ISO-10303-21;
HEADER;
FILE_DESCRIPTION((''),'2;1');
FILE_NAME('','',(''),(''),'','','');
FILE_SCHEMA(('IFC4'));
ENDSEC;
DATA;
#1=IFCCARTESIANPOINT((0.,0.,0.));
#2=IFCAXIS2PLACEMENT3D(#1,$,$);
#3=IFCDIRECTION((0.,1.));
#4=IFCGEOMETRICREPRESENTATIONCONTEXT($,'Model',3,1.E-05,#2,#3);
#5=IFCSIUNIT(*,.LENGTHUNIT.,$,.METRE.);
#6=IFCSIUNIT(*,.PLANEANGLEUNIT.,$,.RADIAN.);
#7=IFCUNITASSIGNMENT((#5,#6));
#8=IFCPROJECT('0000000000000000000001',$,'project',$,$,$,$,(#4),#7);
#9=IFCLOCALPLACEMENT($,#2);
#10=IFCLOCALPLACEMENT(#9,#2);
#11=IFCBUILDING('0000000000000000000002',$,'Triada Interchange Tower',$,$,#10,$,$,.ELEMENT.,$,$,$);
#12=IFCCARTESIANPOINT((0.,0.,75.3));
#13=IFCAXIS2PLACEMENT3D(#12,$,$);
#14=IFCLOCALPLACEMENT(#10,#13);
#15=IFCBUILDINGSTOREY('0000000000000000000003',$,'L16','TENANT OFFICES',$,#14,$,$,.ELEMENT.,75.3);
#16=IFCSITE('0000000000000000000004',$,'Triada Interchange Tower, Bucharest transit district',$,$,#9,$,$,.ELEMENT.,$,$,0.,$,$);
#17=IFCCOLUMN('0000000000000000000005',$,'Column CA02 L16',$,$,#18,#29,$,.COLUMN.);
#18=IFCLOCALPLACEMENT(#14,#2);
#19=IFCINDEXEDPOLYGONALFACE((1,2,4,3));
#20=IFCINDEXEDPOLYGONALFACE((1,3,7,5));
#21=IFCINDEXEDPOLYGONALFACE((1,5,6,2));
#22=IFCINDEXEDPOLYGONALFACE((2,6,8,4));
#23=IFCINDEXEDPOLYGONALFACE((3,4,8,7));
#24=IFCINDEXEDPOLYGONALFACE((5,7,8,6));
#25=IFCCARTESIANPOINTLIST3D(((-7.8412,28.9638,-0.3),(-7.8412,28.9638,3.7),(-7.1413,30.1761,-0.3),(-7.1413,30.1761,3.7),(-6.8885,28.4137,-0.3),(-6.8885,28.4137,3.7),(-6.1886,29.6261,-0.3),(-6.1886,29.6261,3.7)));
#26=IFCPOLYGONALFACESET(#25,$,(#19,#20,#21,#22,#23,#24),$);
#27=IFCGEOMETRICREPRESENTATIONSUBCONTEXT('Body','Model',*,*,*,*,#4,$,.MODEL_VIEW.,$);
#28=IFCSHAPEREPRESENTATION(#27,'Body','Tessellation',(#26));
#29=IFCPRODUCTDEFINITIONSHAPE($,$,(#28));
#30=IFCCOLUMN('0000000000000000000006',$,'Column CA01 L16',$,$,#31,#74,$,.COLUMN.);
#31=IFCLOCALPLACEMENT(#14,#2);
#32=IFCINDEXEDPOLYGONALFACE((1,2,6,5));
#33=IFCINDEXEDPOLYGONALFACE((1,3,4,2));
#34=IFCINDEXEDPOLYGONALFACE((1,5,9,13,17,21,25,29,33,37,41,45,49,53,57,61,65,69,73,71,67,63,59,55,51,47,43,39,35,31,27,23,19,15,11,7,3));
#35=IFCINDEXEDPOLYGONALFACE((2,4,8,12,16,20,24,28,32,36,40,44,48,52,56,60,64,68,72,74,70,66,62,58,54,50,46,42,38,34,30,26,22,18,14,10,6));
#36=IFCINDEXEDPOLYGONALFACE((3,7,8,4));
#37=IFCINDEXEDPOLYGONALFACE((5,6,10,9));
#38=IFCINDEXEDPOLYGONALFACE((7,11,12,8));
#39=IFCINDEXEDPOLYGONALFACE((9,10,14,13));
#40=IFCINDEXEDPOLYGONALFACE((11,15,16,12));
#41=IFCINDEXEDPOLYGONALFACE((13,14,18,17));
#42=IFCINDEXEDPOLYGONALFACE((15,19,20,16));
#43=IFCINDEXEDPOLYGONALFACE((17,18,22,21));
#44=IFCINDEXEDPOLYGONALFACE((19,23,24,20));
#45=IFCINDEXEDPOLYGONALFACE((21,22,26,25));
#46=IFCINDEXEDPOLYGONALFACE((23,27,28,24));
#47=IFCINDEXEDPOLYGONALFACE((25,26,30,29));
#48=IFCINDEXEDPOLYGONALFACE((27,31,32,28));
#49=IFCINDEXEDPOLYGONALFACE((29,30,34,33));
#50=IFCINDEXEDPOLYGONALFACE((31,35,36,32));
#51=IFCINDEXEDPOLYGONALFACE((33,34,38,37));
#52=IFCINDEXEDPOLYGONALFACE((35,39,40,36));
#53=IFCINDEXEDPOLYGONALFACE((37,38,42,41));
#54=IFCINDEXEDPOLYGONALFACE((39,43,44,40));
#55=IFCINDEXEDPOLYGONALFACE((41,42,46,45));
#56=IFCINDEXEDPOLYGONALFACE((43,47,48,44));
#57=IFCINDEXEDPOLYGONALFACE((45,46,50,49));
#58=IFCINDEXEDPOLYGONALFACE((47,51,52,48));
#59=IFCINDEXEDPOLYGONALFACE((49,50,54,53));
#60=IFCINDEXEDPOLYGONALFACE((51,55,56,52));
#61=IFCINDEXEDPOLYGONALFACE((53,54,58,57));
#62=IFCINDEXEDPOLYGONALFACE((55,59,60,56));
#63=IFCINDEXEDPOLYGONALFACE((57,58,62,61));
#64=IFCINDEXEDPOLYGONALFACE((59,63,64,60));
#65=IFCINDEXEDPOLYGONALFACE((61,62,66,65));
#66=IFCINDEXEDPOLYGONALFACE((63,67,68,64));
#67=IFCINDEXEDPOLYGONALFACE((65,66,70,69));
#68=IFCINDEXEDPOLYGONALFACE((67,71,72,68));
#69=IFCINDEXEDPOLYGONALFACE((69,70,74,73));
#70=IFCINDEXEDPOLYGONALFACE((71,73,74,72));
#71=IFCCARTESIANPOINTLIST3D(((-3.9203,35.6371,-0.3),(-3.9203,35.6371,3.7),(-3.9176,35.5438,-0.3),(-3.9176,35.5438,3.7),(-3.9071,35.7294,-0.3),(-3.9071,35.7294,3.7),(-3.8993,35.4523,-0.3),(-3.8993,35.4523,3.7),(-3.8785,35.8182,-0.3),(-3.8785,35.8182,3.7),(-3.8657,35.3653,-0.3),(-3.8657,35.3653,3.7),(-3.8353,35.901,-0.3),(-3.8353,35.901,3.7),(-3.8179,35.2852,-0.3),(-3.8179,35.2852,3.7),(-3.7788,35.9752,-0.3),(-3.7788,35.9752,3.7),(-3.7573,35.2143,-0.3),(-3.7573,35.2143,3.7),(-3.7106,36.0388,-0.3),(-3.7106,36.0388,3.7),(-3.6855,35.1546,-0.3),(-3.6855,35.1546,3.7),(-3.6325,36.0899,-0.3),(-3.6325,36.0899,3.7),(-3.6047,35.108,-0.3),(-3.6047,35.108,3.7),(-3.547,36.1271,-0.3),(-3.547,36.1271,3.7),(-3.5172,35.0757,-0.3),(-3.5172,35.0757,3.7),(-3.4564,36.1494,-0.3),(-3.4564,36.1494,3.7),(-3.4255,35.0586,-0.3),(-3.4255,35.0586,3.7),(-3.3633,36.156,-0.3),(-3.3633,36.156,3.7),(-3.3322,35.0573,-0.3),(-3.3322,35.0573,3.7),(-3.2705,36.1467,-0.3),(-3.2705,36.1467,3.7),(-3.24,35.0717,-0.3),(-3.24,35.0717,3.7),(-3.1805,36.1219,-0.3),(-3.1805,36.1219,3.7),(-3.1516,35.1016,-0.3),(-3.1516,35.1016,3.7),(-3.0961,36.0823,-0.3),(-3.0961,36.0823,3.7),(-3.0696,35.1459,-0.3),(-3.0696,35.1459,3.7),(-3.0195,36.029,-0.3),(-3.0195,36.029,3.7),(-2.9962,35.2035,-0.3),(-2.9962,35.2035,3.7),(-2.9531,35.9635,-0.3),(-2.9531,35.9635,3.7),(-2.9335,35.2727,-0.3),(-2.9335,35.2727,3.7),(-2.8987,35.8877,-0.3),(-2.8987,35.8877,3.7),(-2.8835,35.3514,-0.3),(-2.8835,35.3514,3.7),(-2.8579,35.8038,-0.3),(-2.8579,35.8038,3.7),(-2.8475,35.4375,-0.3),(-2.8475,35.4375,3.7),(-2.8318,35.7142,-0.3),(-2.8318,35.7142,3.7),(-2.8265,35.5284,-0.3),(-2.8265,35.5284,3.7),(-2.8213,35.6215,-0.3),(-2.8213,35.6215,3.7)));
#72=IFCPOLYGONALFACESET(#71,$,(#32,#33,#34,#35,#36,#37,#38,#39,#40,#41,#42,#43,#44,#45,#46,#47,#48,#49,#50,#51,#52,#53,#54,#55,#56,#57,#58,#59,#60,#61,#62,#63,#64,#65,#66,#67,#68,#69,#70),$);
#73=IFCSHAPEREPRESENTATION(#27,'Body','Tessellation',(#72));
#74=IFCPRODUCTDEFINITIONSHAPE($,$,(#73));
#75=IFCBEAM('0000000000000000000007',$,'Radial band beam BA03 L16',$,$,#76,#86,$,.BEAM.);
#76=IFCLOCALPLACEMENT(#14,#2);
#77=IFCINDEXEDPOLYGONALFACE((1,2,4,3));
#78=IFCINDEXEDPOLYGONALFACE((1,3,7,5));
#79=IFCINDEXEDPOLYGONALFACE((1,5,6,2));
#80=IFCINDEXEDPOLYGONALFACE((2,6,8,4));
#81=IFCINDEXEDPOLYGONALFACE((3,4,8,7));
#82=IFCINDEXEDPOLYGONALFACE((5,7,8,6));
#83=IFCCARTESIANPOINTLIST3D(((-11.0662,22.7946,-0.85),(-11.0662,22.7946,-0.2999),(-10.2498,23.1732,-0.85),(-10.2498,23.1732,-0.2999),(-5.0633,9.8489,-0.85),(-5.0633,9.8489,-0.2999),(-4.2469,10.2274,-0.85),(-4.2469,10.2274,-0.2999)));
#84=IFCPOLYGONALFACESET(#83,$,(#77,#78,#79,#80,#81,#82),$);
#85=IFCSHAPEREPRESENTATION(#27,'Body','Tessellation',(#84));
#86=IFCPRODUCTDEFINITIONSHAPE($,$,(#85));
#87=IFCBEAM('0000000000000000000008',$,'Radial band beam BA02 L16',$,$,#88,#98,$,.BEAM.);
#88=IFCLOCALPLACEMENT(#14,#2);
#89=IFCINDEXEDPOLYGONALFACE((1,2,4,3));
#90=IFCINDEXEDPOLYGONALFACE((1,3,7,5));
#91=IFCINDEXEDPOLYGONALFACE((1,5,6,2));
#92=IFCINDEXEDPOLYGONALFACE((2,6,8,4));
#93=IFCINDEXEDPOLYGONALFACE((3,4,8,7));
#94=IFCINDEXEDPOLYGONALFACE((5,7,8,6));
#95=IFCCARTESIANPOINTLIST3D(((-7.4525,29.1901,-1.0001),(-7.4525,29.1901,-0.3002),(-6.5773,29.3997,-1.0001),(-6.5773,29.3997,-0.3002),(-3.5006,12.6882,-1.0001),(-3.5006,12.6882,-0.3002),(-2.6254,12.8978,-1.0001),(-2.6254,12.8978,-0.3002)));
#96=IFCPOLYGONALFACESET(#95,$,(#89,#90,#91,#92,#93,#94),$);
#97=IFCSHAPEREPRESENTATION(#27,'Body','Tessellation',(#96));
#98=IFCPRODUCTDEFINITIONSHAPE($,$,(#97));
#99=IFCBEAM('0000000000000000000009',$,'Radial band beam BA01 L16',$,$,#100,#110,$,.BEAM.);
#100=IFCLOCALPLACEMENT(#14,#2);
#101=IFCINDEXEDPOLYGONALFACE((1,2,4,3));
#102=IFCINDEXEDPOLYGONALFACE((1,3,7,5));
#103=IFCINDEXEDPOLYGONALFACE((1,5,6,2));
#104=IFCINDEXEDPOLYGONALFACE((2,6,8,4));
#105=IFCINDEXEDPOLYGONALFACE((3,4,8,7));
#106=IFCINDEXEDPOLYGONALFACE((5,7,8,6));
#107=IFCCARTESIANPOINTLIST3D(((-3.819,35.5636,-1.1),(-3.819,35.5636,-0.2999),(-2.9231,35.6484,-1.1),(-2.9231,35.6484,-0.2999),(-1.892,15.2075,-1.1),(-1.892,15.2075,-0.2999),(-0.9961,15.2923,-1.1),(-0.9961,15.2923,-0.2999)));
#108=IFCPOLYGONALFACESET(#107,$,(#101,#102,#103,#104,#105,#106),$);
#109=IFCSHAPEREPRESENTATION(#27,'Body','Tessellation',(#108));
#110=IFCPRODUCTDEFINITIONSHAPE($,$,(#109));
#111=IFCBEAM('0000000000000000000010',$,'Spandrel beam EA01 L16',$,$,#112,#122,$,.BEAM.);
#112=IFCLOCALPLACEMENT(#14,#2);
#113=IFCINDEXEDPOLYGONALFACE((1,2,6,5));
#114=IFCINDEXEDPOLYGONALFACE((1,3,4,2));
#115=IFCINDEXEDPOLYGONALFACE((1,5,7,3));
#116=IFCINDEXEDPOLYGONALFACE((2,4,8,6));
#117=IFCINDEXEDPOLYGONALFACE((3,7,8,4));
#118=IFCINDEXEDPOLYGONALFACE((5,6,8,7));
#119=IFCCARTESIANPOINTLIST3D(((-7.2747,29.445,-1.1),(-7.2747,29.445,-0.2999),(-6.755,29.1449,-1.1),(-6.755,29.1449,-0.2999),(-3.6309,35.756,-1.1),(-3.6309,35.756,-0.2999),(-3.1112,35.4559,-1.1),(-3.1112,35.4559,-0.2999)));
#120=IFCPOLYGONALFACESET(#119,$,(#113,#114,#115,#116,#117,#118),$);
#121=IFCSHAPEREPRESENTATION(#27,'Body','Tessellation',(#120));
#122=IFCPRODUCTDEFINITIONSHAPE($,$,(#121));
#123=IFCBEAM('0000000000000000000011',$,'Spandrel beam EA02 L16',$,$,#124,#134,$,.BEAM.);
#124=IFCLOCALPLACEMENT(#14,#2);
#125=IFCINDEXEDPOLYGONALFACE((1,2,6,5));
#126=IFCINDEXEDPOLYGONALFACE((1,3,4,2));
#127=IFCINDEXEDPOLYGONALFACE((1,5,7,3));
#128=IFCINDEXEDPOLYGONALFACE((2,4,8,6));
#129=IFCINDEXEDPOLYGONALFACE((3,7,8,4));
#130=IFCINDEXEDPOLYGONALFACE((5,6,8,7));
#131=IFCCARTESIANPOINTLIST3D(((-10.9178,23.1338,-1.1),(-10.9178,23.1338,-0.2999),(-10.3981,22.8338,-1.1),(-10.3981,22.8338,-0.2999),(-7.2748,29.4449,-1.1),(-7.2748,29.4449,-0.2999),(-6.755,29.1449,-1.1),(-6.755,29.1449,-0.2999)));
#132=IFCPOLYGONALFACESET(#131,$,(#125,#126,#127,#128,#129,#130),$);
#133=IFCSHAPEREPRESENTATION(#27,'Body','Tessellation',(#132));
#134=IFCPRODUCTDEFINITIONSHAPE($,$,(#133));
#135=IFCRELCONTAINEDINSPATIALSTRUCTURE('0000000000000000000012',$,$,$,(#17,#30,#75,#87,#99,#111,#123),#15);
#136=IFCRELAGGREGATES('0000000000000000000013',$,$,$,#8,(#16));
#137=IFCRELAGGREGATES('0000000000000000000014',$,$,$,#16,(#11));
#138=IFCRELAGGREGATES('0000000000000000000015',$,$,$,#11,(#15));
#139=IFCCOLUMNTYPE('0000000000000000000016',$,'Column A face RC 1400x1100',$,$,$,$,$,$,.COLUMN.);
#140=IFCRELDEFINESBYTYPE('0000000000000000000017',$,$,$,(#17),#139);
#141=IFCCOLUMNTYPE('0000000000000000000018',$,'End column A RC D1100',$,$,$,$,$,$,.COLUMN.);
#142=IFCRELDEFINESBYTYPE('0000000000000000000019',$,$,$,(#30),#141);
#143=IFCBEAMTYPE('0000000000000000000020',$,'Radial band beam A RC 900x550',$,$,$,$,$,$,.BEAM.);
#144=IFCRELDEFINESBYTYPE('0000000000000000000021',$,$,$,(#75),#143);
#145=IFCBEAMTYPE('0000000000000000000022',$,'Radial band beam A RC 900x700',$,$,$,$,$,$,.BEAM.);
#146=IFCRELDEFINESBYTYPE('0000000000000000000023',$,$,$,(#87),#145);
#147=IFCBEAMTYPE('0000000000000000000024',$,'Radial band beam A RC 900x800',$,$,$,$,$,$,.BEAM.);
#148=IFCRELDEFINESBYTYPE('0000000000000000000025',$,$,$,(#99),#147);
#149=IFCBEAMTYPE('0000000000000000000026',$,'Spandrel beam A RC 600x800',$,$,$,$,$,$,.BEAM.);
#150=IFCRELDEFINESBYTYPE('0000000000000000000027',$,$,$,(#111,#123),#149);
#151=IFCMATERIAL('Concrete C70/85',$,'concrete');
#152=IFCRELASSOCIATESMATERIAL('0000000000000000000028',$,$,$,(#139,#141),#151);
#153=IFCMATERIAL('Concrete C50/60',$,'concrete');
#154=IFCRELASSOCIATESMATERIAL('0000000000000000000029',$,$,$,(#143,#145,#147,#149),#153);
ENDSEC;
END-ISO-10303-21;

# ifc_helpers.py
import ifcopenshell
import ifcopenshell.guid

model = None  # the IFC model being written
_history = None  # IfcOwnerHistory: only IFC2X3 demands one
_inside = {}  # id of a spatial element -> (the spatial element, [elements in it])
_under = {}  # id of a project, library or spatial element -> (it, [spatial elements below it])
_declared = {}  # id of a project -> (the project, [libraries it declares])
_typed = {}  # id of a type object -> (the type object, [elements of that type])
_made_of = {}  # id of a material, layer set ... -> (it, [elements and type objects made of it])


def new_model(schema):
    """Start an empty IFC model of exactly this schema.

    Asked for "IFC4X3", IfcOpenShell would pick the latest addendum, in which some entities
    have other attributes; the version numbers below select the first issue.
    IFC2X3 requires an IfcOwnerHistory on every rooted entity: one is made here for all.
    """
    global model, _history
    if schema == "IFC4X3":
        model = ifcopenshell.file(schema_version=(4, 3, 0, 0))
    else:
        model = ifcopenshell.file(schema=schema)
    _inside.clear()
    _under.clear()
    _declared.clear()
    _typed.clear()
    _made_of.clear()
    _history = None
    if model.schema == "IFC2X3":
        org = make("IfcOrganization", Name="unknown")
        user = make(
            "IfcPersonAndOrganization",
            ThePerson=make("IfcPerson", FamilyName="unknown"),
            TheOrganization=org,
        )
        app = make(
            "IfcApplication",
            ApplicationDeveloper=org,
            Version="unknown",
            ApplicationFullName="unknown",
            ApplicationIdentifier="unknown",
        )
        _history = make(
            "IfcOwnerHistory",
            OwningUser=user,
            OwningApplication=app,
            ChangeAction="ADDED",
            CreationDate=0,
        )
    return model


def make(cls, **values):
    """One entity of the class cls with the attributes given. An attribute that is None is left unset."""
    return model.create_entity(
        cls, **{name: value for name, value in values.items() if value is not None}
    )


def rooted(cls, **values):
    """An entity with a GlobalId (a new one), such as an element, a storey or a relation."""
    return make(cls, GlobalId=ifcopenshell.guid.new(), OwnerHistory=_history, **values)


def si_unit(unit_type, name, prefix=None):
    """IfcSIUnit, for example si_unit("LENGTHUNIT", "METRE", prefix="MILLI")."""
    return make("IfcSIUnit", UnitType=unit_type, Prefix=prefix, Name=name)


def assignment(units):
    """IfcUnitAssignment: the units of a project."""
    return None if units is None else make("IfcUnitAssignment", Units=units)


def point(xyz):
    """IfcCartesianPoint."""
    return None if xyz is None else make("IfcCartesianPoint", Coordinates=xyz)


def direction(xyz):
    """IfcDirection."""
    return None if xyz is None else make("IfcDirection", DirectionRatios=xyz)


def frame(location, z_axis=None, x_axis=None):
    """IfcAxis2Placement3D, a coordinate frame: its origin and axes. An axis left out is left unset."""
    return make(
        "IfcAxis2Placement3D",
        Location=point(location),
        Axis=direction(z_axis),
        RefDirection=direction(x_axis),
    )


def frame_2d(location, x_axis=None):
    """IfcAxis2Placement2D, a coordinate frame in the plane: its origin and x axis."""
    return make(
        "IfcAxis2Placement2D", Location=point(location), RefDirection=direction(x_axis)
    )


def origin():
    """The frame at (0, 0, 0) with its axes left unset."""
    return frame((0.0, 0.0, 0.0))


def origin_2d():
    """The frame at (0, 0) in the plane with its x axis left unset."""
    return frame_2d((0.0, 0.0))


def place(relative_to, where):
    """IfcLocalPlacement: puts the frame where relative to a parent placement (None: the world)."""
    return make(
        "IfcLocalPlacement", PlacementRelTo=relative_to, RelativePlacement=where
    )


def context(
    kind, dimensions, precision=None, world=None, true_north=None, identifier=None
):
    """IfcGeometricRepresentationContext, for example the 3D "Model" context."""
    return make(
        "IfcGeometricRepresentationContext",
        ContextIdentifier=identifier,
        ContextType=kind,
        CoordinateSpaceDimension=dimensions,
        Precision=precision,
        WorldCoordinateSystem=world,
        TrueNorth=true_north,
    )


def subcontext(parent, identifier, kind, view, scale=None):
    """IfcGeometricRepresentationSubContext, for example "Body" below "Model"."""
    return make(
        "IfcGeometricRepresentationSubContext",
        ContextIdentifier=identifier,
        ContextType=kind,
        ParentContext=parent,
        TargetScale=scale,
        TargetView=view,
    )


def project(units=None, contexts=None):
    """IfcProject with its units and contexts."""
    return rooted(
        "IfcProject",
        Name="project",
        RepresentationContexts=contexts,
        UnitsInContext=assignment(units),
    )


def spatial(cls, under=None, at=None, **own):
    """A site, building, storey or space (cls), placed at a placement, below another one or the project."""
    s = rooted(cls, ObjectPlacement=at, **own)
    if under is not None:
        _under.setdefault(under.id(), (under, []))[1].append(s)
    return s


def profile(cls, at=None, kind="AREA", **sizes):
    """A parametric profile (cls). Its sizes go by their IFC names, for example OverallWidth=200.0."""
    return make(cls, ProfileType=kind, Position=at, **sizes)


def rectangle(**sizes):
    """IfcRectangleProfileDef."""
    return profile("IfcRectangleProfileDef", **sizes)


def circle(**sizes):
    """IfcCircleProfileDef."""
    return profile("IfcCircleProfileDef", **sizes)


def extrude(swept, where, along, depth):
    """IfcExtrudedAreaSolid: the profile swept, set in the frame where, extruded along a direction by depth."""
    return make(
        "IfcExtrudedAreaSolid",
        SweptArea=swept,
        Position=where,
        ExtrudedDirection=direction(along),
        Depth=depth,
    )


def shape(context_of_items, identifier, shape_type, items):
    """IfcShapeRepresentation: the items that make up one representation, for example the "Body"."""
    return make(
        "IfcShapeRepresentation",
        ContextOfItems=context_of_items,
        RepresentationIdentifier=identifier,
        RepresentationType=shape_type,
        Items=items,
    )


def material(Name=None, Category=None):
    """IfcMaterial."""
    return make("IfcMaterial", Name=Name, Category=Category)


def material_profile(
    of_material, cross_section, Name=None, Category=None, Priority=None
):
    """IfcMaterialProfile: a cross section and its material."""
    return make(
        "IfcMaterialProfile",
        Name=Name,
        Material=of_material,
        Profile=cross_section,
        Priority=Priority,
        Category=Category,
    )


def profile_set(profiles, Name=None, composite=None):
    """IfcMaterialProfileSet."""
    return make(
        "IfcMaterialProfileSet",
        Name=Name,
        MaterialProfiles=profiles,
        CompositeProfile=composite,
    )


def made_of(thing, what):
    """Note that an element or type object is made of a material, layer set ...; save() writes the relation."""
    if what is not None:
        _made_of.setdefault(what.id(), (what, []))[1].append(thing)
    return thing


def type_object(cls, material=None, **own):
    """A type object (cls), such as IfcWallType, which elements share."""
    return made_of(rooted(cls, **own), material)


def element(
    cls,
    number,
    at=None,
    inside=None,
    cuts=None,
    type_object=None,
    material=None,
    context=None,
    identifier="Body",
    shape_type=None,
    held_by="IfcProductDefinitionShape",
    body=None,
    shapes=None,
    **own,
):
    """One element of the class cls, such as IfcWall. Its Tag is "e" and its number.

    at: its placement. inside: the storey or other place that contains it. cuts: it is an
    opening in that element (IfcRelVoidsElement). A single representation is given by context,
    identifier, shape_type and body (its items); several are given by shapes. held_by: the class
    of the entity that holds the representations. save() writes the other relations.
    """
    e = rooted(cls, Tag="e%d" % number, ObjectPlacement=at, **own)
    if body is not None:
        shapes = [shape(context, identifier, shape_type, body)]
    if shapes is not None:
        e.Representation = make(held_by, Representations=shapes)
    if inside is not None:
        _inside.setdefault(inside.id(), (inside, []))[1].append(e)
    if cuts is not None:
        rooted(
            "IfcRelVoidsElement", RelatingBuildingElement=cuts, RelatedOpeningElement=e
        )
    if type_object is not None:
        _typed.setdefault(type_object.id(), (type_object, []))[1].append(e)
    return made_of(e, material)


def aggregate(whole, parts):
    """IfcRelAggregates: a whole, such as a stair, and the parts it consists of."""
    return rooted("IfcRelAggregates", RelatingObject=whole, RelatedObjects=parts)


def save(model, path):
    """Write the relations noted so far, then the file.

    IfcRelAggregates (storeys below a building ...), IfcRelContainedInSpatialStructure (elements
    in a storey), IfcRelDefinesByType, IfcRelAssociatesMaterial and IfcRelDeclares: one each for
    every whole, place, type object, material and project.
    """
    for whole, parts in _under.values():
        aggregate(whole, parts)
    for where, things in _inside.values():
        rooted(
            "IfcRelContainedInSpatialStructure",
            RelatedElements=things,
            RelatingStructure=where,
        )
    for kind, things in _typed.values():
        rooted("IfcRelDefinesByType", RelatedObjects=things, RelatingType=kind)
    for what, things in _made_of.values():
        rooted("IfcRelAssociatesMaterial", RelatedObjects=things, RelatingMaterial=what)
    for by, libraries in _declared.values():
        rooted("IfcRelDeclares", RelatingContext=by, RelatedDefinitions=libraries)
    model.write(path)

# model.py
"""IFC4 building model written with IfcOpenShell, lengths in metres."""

from ifc_helpers import new_model, si_unit, direction, frame, origin, origin_2d, place, context, subcontext, project, spatial, rectangle, circle, extrude, material, material_profile, profile_set, type_object, element, save


model = new_model("IFC4")

# Units and contexts
model_context = context("Model", 3, precision=1e-05, world=origin(), true_north=direction((0.0, 1.0)))
body_context = subcontext(model_context, "Body", "Model", "MODEL_VIEW")
ifc_project = project(units=[si_unit("LENGTHUNIT", "METRE"), si_unit("PLANEANGLEUNIT", "RADIAN")], contexts=[model_context])

# Site, building, storey
site_placement = place(None, origin())
site = spatial("IfcSite", under=ifc_project, at=site_placement, Name="Triada Interchange Tower, Bucharest transit district", CompositionType="ELEMENT", RefElevation=0.0)
building_placement = place(site_placement, origin())
building = spatial("IfcBuilding", under=site, at=building_placement, Name="Triada Interchange Tower", CompositionType="ELEMENT")
storey_placement = place(building_placement, frame((0.0, 0.0, 75.3)))
storey = spatial("IfcBuildingStorey", under=building, at=storey_placement, Name="L16", Description="TENANT OFFICES", CompositionType="ELEMENT", Elevation=75.3)

# Columns
ifc_material_1 = material(Name="Concrete C70/85", Category="concrete")
ifc_material_profile_1 = material_profile(ifc_material_1, rectangle(XDim=1.3999, YDim=1.1001, at=origin_2d()), Name="RC 1400x1100")
ifc_profile_set_1 = profile_set([ifc_material_profile_1], Name="Concrete C70/85")
column_type_1 = type_object("IfcColumnType", Name="Column A face RC 1400x1100", PredefinedType="COLUMN", material=ifc_profile_set_1)
column_1_placement = place(storey_placement, frame((-7.0149, 29.2949, -0.3), z_axis=(0.0, 0.0, 1.0), x_axis=(0.5, 0.866025, 0.0)))
element("IfcColumn", 1, at=column_1_placement, inside=storey, type_object=column_type_1, Name="Column CA02 L16", PredefinedType="COLUMN", context=body_context, shape_type="SweptSolid", body=[
    extrude(rectangle(XDim=1.3999, YDim=1.1001, at=origin_2d()), origin(), (0.0, 0.0, 1.0), 4.0),
])
ifc_material_profile_2 = material_profile(ifc_material_1, circle(Radius=0.55, at=origin_2d()), Name="RC D1100")
ifc_profile_set_2 = profile_set([ifc_material_profile_2], Name="Concrete C70/85")
column_type_2 = type_object("IfcColumnType", Name="End column A RC D1100", PredefinedType="COLUMN", material=ifc_profile_set_2)
column_2_placement = place(storey_placement, frame((-3.3711, 35.606, -0.3), z_axis=(0.0, 0.0, 1.0), x_axis=(0.5, 0.866025, 0.0)))
element("IfcColumn", 2, at=column_2_placement, inside=storey, type_object=column_type_2, Name="Column CA01 L16", PredefinedType="COLUMN", context=body_context, shape_type="SweptSolid", body=[
    extrude(circle(Radius=0.55, at=origin_2d()), origin(), (0.0, 0.0, 1.0), 4.0),
])

# Beams
ifc_material_2 = material(Name="Concrete C50/60", Category="concrete")
ifc_material_profile_3 = material_profile(ifc_material_2, rectangle(XDim=0.8999, YDim=0.55, at=origin_2d()), Name="RC 900x550")
ifc_profile_set_3 = profile_set([ifc_material_profile_3], Name="Concrete C50/60")
beam_type_1 = type_object("IfcBeamType", Name="Radial band beam A RC 900x550", PredefinedType="BEAM", material=ifc_profile_set_3)
beam_1_placement = place(storey_placement, frame((-10.658, 22.9839, -0.575), z_axis=(0.420672, -0.907213, 0.0), x_axis=(0.907213, 0.420672, 0.0)))
element("IfcBeam", 3, at=beam_1_placement, inside=storey, type_object=beam_type_1, Name="Radial band beam BA03 L16", PredefinedType="BEAM", context=body_context, shape_type="SweptSolid", body=[
    extrude(rectangle(XDim=0.8999, YDim=0.55, at=origin_2d()), origin(), (0.0, 0.0, 1.0), 14.2698),
])
ifc_material_profile_4 = material_profile(ifc_material_2, rectangle(XDim=0.8999, YDim=0.7, at=origin_2d()), Name="RC 900x700")
ifc_profile_set_4 = profile_set([ifc_material_profile_4], Name="Concrete C50/60")
beam_type_2 = type_object("IfcBeamType", Name="Radial band beam A RC 900x700", PredefinedType="BEAM", material=ifc_profile_set_4)
beam_2_placement = place(storey_placement, frame((-7.0149, 29.2949, -0.6501), z_axis=(0.232896, -0.972502, 0.0), x_axis=(0.972502, 0.232896, 0.0)))
element("IfcBeam", 4, at=beam_2_placement, inside=storey, type_object=beam_type_2, Name="Radial band beam BA02 L16", PredefinedType="BEAM", context=body_context, shape_type="SweptSolid", body=[
    extrude(rectangle(XDim=0.8999, YDim=0.7, at=origin_2d()), origin(), (0.0, 0.0, 1.0), 16.9685),
])
ifc_material_profile_5 = material_profile(ifc_material_2, rectangle(XDim=0.8999, YDim=0.8, at=origin_2d()), Name="RC 900x800")
ifc_profile_set_5 = profile_set([ifc_material_profile_5], Name="Concrete C50/60")
beam_type_3 = type_object("IfcBeamType", Name="Radial band beam A RC 900x800", PredefinedType="BEAM", material=ifc_profile_set_5)
beam_3_placement = place(storey_placement, frame((-3.3711, 35.606, -0.7), z_axis=(0.094244, -0.995549, 0.0), x_axis=(0.995549, 0.094244, 0.0)))
element("IfcBeam", 5, at=beam_3_placement, inside=storey, type_object=beam_type_3, Name="Radial band beam BA01 L16", PredefinedType="BEAM", context=body_context, shape_type="SweptSolid", body=[
    extrude(rectangle(XDim=0.8999, YDim=0.8, at=origin_2d()), origin(), (0.0, 0.0, 1.0), 20.447),
])
ifc_material_profile_6 = material_profile(ifc_material_2, rectangle(XDim=0.6001, YDim=0.8, at=origin_2d()), Name="RC 600x800")
ifc_profile_set_6 = profile_set([ifc_material_profile_6], Name="Concrete C50/60")
beam_type_4 = type_object("IfcBeamType", Name="Spandrel beam A RC 600x800", PredefinedType="BEAM", material=ifc_profile_set_6)
beam_4_placement = place(storey_placement, frame((-3.3711, 35.606, -0.7), z_axis=(-0.500012, -0.866018, 0.0), x_axis=(0.866018, -0.500012, 0.0)))
element("IfcBeam", 6, at=beam_4_placement, inside=storey, type_object=beam_type_4, Name="Spandrel beam EA01 L16", PredefinedType="BEAM", context=body_context, shape_type="SweptSolid", body=[
    extrude(rectangle(XDim=0.6001, YDim=0.8, at=origin_2d()), origin(), (0.0, 0.0, 1.0), 7.2874),
])
beam_5_placement = place(storey_placement, frame((-7.0149, 29.2949, -0.7), z_axis=(-0.499937, -0.866062, 0.0), x_axis=(0.866062, -0.499937, 0.0)))
element("IfcBeam", 7, at=beam_5_placement, inside=storey, type_object=beam_type_4, Name="Spandrel beam EA02 L16", PredefinedType="BEAM", context=body_context, shape_type="SweptSolid", body=[
    extrude(rectangle(XDim=0.6001, YDim=0.8, at=origin_2d()), origin(), (0.0, 0.0, 1.0), 7.2871),
])

save(model, "model.ifc")
